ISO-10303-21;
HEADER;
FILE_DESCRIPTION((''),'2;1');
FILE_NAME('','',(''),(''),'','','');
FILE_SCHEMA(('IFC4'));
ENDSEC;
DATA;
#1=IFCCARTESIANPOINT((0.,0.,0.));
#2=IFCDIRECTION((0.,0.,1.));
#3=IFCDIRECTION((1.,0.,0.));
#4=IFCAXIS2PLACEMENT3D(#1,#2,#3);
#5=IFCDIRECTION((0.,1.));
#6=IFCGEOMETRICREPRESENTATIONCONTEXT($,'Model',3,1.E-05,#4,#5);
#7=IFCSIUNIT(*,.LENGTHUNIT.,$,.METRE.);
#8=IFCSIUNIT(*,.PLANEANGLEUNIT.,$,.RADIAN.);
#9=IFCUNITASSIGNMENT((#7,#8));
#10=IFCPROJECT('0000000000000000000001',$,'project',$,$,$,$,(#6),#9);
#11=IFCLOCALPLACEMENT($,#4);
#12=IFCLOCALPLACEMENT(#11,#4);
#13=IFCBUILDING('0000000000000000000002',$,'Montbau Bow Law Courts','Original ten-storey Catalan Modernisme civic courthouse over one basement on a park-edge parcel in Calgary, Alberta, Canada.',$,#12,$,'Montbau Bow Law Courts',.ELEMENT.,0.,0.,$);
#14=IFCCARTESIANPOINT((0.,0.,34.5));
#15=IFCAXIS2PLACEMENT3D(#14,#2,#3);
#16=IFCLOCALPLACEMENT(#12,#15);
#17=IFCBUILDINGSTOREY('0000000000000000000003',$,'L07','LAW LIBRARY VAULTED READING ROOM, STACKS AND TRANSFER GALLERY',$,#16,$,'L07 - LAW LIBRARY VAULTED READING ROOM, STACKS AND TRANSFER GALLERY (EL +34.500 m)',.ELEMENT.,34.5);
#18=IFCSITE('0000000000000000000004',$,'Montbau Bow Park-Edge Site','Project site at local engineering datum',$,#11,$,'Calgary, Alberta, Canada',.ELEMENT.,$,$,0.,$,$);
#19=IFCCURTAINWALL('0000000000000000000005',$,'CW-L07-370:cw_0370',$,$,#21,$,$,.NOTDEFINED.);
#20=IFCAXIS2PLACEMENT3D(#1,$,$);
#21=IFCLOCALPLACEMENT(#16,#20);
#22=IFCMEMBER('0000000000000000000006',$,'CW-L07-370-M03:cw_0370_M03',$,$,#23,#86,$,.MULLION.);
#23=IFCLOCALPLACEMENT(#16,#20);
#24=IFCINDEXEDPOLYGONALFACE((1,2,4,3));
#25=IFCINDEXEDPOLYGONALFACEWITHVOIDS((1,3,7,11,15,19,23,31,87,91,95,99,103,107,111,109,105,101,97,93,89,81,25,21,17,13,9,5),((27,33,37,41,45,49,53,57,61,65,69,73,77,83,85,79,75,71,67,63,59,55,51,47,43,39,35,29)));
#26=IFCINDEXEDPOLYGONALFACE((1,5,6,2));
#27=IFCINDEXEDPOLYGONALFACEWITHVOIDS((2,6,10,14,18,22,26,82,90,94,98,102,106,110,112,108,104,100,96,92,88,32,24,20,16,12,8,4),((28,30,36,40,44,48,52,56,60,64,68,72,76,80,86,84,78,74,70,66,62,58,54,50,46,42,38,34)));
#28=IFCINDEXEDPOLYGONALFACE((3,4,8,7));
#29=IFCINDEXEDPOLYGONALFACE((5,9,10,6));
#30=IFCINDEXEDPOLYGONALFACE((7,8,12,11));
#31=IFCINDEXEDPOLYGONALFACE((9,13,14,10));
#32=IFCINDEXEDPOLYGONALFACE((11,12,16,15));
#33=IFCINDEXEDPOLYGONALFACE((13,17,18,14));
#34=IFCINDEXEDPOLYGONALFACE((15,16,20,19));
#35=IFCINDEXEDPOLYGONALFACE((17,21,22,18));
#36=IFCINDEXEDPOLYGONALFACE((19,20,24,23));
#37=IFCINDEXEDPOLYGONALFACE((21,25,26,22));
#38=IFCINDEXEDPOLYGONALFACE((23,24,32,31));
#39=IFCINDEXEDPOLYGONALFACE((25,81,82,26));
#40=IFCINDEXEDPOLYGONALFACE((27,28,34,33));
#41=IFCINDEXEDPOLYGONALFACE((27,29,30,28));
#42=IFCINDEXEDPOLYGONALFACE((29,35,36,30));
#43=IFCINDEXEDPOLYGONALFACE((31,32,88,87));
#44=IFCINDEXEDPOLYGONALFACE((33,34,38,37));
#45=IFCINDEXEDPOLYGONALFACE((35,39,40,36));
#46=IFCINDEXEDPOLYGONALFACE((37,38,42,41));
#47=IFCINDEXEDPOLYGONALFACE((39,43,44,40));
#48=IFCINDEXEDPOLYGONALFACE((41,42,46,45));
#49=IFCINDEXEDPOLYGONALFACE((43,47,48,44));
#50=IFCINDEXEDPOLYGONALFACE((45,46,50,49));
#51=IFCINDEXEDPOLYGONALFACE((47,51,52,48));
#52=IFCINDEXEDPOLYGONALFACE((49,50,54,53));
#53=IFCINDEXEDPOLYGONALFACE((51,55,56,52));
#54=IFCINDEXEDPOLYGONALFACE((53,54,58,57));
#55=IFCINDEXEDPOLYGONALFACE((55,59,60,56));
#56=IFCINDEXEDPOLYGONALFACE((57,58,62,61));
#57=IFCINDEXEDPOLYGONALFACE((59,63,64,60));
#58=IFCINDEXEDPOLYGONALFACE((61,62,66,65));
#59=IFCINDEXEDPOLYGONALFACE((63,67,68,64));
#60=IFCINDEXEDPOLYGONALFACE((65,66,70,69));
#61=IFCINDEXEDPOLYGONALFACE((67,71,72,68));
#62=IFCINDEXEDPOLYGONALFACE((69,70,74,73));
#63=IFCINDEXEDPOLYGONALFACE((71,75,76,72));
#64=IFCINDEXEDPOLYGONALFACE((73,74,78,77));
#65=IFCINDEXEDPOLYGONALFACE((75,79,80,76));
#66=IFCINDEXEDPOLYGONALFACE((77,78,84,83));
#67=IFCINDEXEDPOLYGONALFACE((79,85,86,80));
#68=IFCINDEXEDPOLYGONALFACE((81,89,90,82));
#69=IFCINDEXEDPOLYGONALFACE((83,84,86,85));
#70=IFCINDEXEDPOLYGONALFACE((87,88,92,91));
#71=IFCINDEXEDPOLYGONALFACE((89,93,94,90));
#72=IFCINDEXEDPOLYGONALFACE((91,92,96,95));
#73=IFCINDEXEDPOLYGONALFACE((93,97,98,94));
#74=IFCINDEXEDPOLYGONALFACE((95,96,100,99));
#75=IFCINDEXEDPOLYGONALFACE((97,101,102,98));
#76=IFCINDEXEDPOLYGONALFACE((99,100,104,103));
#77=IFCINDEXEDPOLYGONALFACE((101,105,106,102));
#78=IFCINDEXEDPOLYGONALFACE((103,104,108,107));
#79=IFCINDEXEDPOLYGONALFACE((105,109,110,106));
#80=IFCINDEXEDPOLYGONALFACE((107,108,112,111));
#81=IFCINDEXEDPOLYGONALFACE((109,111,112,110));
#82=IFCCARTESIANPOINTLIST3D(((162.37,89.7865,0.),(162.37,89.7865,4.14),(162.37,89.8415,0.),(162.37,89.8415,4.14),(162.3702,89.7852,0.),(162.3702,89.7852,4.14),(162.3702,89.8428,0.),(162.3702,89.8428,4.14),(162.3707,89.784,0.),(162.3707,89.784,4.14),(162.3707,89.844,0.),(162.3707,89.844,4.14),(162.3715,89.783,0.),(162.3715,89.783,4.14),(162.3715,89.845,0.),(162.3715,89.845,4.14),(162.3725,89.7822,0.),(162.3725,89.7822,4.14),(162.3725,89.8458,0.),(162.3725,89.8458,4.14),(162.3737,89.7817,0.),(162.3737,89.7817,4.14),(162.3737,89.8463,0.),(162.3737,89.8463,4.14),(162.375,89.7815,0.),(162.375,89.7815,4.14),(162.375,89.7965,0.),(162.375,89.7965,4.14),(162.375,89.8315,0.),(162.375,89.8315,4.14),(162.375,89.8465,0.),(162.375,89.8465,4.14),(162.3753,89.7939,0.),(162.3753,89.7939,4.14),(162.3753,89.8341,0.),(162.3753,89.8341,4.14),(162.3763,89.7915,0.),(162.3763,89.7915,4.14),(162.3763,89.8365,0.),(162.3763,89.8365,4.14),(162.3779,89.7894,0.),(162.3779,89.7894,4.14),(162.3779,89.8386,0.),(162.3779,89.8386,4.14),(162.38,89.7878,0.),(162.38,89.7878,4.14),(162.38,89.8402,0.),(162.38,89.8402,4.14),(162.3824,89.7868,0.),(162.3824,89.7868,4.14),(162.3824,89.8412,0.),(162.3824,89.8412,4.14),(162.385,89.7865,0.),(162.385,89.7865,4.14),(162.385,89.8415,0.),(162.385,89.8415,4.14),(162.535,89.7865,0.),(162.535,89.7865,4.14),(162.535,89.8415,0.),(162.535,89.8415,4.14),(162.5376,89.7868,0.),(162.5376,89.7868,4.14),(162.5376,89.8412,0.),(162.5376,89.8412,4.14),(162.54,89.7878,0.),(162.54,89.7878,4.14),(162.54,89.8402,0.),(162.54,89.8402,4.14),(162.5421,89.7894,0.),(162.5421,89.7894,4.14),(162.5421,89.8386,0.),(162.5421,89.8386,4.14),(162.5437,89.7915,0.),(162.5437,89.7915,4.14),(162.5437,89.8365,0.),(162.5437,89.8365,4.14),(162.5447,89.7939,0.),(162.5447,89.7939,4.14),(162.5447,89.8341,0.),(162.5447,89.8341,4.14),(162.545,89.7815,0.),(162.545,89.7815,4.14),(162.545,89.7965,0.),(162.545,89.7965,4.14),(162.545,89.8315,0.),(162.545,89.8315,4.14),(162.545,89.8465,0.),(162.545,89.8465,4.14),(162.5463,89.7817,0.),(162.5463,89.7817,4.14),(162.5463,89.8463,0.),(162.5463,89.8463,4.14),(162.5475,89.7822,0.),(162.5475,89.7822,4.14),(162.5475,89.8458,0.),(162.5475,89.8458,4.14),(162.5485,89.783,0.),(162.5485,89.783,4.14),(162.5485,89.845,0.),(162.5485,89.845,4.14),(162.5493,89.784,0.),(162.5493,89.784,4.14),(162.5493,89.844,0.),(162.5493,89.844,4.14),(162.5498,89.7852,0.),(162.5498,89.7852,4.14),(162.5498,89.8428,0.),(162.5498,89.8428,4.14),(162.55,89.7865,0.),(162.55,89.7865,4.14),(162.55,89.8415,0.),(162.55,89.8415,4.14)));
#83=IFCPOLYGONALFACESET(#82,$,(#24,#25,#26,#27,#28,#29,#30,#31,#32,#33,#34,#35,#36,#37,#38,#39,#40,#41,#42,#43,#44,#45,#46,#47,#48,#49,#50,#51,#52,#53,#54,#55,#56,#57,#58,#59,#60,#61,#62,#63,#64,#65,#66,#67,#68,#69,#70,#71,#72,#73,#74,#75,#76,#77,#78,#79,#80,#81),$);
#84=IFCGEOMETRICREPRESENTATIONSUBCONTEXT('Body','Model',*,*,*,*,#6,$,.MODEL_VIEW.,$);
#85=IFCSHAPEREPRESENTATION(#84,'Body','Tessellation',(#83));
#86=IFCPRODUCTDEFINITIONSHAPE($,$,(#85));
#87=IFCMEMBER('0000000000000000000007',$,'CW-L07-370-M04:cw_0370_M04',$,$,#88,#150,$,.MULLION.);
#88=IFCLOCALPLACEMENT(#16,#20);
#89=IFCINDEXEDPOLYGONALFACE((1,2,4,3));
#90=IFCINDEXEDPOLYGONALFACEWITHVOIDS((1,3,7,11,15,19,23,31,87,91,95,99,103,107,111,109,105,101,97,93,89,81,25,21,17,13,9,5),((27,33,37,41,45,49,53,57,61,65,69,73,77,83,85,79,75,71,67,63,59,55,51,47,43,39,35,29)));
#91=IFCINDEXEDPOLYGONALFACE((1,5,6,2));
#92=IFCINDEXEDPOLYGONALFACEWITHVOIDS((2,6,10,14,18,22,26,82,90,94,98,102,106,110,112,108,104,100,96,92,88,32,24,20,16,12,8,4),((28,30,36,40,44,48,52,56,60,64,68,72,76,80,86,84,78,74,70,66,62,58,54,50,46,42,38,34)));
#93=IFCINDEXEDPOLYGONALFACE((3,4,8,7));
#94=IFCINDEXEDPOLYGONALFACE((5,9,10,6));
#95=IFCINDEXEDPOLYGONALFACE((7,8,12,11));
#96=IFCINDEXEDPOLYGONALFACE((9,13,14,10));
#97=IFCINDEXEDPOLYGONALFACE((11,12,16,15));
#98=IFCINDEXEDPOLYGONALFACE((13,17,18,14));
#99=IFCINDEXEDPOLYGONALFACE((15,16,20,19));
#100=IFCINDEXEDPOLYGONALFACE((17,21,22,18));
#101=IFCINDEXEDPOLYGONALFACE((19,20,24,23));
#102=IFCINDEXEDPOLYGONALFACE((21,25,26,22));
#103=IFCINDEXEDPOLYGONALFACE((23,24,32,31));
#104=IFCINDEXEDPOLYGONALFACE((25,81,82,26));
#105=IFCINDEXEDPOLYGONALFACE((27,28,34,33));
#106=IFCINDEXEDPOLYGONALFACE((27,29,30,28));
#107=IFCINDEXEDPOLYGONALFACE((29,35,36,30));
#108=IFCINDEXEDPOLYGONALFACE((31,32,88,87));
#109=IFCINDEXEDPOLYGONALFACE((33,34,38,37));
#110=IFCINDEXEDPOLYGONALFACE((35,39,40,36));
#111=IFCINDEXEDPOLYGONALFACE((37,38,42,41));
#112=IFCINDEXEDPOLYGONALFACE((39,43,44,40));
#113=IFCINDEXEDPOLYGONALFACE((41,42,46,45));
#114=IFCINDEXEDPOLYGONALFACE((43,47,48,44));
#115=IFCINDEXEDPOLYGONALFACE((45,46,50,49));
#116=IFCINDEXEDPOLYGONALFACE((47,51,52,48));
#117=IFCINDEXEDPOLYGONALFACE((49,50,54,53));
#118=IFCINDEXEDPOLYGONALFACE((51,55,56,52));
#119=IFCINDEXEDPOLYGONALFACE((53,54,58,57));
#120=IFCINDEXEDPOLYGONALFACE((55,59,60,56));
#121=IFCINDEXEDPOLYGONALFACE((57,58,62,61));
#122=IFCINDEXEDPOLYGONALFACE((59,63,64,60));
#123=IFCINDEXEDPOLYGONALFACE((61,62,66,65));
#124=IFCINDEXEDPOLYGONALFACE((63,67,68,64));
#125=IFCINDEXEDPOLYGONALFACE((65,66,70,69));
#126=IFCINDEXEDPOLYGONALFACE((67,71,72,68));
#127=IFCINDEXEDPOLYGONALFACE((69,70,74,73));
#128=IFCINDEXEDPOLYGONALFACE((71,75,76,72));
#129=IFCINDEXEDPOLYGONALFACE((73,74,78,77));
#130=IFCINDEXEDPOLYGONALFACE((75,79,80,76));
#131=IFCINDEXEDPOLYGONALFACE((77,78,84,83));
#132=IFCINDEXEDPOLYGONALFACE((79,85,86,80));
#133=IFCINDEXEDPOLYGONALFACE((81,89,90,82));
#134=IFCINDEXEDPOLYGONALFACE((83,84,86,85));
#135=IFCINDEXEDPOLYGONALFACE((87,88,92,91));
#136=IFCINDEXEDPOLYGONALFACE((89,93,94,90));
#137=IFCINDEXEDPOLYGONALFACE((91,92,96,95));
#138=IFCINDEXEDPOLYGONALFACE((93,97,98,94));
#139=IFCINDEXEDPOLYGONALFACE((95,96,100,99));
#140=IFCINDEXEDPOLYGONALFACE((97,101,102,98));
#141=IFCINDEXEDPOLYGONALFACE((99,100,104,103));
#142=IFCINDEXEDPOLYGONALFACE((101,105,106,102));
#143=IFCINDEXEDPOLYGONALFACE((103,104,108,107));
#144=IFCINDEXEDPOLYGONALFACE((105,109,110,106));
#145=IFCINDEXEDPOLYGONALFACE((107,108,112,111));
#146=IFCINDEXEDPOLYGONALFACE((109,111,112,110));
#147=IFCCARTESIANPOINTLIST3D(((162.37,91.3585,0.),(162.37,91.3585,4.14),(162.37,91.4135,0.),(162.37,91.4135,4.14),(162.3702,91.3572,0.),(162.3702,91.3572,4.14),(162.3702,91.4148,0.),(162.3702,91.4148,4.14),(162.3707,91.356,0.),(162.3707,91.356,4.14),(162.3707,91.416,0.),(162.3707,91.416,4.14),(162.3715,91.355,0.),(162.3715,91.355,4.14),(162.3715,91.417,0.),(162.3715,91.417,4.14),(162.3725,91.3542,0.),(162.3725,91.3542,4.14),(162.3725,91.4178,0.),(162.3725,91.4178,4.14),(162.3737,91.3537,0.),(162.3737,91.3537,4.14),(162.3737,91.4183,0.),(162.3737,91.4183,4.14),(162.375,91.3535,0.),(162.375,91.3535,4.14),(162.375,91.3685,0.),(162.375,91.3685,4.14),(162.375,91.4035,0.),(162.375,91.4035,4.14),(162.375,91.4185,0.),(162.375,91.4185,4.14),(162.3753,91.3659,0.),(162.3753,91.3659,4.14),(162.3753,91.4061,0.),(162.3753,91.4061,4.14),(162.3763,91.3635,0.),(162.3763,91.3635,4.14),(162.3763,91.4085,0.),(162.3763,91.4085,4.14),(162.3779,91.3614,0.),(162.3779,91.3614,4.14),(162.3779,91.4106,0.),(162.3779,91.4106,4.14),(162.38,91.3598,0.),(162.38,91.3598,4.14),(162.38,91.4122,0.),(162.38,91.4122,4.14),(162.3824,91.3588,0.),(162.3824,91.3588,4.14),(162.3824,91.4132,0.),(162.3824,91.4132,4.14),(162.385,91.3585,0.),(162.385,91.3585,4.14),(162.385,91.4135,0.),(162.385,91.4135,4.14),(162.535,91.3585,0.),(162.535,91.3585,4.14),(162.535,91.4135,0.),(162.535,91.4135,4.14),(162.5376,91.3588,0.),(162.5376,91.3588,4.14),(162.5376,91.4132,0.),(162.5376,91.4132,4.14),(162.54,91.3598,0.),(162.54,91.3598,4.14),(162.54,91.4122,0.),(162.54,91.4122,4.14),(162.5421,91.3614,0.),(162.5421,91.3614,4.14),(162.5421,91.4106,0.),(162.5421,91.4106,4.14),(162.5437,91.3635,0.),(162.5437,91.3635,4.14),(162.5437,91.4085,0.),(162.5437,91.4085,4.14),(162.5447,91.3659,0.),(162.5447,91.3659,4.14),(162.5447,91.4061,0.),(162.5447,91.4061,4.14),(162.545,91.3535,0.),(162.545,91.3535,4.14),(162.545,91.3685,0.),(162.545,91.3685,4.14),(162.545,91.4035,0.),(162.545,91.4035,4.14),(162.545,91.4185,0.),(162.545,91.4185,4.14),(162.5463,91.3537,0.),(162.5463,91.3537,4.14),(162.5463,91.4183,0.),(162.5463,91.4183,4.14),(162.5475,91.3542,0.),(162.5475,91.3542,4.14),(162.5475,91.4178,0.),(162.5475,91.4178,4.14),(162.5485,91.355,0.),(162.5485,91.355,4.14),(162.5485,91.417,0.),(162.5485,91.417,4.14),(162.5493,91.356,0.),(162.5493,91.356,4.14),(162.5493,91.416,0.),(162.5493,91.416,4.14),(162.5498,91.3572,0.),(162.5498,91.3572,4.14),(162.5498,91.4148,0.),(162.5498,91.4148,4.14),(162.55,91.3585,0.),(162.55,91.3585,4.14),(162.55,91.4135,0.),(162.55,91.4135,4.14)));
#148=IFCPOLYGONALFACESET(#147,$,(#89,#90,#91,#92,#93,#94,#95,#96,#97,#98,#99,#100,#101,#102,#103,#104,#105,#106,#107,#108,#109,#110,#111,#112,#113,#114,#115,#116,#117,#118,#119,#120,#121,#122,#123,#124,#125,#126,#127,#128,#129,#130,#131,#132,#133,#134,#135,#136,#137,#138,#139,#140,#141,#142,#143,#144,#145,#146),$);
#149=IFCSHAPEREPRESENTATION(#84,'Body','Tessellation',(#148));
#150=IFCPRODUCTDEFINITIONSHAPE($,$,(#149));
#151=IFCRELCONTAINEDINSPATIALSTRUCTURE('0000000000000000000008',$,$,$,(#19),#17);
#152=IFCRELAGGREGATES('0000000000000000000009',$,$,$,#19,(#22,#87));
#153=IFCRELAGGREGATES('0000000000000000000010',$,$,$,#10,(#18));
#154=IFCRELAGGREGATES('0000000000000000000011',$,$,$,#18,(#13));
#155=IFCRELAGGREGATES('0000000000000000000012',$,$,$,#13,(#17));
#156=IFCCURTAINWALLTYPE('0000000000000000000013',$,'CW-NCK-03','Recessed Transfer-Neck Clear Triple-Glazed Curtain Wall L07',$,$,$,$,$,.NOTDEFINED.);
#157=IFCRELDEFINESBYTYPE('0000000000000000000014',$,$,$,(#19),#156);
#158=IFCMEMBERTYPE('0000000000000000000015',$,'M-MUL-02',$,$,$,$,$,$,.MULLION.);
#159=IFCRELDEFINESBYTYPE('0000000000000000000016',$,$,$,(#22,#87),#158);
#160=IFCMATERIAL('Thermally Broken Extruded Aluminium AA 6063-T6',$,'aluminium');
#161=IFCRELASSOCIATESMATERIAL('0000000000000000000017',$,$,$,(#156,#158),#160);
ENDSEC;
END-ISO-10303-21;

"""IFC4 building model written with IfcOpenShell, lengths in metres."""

from ifc_helpers import new_model, si_unit, direction, frame, origin_with_axes, origin_2d_with_axis, place, context, subcontext, project, spatial, hollow_rectangle, extrude, material, material_profile, profile_set, type_object, element, aggregate, save


model = new_model("IFC4")

# Units and contexts
model_context = context("Model", 3, precision=1e-05, world=origin_with_axes(), true_north=direction((0.0, 1.0)))
body_context = subcontext(model_context, "Body", "Model", "MODEL_VIEW")
ifc_project = project(units=[si_unit("LENGTHUNIT", "METRE"), si_unit("PLANEANGLEUNIT", "RADIAN")], contexts=[model_context])

# Site, building, storey
site_placement = place(None, origin_with_axes())
site = spatial("IfcSite", under=ifc_project, at=site_placement, Name="Montbau Bow Park-Edge Site", Description="Project site at local engineering datum", LongName="Calgary, Alberta, Canada", CompositionType="ELEMENT", RefElevation=0.0)
building_placement = place(site_placement, origin_with_axes())
building = spatial("IfcBuilding", under=site, at=building_placement, Name="Montbau Bow Law Courts", Description="Original ten-storey Catalan Modernisme civic courthouse over one basement on a park-edge parcel in Calgary, Alberta, Canada.", LongName="Montbau Bow Law Courts", CompositionType="ELEMENT", ElevationOfRefHeight=0.0, ElevationOfTerrain=0.0)
storey_placement = place(building_placement, frame((0.0, 0.0, 34.5), z_axis=(0.0, 0.0, 1.0), x_axis=(1.0, 0.0, 0.0)))
storey = spatial("IfcBuildingStorey", under=building, at=storey_placement, Name="L07", Description="LAW LIBRARY VAULTED READING ROOM, STACKS AND TRANSFER GALLERY", LongName="L07 - LAW LIBRARY VAULTED READING ROOM, STACKS AND TRANSFER GALLERY (EL +34.500 m)", CompositionType="ELEMENT", Elevation=34.5)

# Curtain wall, members
ifc_material_1 = material(Name="Thermally Broken Extruded Aluminium AA 6063-T6", Category="aluminium")
curtain_wall_type = type_object("IfcCurtainWallType", Name="CW-NCK-03", Description="Recessed Transfer-Neck Clear Triple-Glazed Curtain Wall L07", PredefinedType="NOTDEFINED", material=ifc_material_1)
curtain_wall_1_placement = place(None, frame((162.46, 86.668, 34.5), z_axis=(0.0, 0.0, 1.0), x_axis=(1.0, 0.0, 0.0)))
curtain_wall_1 = element("IfcCurtainWall", 1, at=curtain_wall_1_placement, inside=storey, type_object=curtain_wall_type, Name="CW-L07-370:cw_0370", PredefinedType="NOTDEFINED")
ifc_material_profile_1 = material_profile(ifc_material_1, hollow_rectangle(XDim=0.065, YDim=0.18, WallThickness=0.005, InnerFilletRadius=0.01, OuterFilletRadius=0.005, at=origin_2d_with_axis()), Name="CWM-180X65", Category="Main", Priority=0)
ifc_profile_set_1 = profile_set([ifc_material_profile_1], Name="Thermally Broken Extruded Aluminium AA 6063-T6")
member_type_1 = type_object("IfcMemberType", Name="M-MUL-02", PredefinedType="MULLION", material=ifc_profile_set_1)
member_1_placement = place(None, frame((162.46, 89.814, 34.5), z_axis=(0.0, 0.0, 1.0), x_axis=(0.0, 1.0, 0.0)))
member_1 = element("IfcMember", 2, at=member_1_placement, type_object=member_type_1, Name="CW-L07-370-M03:cw_0370_M03", PredefinedType="MULLION", context=body_context, shape_type="SweptSolid", body=[
    extrude(hollow_rectangle(XDim=0.065, YDim=0.18, WallThickness=0.005, InnerFilletRadius=0.01, OuterFilletRadius=0.005, at=origin_2d_with_axis()), origin_with_axes(), (0.0, 0.0, 1.0), 4.14),
])
member_2_placement = place(None, frame((162.46, 91.386, 34.5), z_axis=(0.0, 0.0, 1.0), x_axis=(0.0, 1.0, 0.0)))
member_2 = element("IfcMember", 3, at=member_2_placement, type_object=member_type_1, Name="CW-L07-370-M04:cw_0370_M04", PredefinedType="MULLION", context=body_context, shape_type="SweptSolid", body=[
    extrude(hollow_rectangle(XDim=0.065, YDim=0.18, WallThickness=0.005, InnerFilletRadius=0.01, OuterFilletRadius=0.005, at=origin_2d_with_axis()), origin_with_axes(), (0.0, 0.0, 1.0), 4.14),
])

aggregate(curtain_wall_1, [member_1, member_2])

save(model, "model.ifc")
